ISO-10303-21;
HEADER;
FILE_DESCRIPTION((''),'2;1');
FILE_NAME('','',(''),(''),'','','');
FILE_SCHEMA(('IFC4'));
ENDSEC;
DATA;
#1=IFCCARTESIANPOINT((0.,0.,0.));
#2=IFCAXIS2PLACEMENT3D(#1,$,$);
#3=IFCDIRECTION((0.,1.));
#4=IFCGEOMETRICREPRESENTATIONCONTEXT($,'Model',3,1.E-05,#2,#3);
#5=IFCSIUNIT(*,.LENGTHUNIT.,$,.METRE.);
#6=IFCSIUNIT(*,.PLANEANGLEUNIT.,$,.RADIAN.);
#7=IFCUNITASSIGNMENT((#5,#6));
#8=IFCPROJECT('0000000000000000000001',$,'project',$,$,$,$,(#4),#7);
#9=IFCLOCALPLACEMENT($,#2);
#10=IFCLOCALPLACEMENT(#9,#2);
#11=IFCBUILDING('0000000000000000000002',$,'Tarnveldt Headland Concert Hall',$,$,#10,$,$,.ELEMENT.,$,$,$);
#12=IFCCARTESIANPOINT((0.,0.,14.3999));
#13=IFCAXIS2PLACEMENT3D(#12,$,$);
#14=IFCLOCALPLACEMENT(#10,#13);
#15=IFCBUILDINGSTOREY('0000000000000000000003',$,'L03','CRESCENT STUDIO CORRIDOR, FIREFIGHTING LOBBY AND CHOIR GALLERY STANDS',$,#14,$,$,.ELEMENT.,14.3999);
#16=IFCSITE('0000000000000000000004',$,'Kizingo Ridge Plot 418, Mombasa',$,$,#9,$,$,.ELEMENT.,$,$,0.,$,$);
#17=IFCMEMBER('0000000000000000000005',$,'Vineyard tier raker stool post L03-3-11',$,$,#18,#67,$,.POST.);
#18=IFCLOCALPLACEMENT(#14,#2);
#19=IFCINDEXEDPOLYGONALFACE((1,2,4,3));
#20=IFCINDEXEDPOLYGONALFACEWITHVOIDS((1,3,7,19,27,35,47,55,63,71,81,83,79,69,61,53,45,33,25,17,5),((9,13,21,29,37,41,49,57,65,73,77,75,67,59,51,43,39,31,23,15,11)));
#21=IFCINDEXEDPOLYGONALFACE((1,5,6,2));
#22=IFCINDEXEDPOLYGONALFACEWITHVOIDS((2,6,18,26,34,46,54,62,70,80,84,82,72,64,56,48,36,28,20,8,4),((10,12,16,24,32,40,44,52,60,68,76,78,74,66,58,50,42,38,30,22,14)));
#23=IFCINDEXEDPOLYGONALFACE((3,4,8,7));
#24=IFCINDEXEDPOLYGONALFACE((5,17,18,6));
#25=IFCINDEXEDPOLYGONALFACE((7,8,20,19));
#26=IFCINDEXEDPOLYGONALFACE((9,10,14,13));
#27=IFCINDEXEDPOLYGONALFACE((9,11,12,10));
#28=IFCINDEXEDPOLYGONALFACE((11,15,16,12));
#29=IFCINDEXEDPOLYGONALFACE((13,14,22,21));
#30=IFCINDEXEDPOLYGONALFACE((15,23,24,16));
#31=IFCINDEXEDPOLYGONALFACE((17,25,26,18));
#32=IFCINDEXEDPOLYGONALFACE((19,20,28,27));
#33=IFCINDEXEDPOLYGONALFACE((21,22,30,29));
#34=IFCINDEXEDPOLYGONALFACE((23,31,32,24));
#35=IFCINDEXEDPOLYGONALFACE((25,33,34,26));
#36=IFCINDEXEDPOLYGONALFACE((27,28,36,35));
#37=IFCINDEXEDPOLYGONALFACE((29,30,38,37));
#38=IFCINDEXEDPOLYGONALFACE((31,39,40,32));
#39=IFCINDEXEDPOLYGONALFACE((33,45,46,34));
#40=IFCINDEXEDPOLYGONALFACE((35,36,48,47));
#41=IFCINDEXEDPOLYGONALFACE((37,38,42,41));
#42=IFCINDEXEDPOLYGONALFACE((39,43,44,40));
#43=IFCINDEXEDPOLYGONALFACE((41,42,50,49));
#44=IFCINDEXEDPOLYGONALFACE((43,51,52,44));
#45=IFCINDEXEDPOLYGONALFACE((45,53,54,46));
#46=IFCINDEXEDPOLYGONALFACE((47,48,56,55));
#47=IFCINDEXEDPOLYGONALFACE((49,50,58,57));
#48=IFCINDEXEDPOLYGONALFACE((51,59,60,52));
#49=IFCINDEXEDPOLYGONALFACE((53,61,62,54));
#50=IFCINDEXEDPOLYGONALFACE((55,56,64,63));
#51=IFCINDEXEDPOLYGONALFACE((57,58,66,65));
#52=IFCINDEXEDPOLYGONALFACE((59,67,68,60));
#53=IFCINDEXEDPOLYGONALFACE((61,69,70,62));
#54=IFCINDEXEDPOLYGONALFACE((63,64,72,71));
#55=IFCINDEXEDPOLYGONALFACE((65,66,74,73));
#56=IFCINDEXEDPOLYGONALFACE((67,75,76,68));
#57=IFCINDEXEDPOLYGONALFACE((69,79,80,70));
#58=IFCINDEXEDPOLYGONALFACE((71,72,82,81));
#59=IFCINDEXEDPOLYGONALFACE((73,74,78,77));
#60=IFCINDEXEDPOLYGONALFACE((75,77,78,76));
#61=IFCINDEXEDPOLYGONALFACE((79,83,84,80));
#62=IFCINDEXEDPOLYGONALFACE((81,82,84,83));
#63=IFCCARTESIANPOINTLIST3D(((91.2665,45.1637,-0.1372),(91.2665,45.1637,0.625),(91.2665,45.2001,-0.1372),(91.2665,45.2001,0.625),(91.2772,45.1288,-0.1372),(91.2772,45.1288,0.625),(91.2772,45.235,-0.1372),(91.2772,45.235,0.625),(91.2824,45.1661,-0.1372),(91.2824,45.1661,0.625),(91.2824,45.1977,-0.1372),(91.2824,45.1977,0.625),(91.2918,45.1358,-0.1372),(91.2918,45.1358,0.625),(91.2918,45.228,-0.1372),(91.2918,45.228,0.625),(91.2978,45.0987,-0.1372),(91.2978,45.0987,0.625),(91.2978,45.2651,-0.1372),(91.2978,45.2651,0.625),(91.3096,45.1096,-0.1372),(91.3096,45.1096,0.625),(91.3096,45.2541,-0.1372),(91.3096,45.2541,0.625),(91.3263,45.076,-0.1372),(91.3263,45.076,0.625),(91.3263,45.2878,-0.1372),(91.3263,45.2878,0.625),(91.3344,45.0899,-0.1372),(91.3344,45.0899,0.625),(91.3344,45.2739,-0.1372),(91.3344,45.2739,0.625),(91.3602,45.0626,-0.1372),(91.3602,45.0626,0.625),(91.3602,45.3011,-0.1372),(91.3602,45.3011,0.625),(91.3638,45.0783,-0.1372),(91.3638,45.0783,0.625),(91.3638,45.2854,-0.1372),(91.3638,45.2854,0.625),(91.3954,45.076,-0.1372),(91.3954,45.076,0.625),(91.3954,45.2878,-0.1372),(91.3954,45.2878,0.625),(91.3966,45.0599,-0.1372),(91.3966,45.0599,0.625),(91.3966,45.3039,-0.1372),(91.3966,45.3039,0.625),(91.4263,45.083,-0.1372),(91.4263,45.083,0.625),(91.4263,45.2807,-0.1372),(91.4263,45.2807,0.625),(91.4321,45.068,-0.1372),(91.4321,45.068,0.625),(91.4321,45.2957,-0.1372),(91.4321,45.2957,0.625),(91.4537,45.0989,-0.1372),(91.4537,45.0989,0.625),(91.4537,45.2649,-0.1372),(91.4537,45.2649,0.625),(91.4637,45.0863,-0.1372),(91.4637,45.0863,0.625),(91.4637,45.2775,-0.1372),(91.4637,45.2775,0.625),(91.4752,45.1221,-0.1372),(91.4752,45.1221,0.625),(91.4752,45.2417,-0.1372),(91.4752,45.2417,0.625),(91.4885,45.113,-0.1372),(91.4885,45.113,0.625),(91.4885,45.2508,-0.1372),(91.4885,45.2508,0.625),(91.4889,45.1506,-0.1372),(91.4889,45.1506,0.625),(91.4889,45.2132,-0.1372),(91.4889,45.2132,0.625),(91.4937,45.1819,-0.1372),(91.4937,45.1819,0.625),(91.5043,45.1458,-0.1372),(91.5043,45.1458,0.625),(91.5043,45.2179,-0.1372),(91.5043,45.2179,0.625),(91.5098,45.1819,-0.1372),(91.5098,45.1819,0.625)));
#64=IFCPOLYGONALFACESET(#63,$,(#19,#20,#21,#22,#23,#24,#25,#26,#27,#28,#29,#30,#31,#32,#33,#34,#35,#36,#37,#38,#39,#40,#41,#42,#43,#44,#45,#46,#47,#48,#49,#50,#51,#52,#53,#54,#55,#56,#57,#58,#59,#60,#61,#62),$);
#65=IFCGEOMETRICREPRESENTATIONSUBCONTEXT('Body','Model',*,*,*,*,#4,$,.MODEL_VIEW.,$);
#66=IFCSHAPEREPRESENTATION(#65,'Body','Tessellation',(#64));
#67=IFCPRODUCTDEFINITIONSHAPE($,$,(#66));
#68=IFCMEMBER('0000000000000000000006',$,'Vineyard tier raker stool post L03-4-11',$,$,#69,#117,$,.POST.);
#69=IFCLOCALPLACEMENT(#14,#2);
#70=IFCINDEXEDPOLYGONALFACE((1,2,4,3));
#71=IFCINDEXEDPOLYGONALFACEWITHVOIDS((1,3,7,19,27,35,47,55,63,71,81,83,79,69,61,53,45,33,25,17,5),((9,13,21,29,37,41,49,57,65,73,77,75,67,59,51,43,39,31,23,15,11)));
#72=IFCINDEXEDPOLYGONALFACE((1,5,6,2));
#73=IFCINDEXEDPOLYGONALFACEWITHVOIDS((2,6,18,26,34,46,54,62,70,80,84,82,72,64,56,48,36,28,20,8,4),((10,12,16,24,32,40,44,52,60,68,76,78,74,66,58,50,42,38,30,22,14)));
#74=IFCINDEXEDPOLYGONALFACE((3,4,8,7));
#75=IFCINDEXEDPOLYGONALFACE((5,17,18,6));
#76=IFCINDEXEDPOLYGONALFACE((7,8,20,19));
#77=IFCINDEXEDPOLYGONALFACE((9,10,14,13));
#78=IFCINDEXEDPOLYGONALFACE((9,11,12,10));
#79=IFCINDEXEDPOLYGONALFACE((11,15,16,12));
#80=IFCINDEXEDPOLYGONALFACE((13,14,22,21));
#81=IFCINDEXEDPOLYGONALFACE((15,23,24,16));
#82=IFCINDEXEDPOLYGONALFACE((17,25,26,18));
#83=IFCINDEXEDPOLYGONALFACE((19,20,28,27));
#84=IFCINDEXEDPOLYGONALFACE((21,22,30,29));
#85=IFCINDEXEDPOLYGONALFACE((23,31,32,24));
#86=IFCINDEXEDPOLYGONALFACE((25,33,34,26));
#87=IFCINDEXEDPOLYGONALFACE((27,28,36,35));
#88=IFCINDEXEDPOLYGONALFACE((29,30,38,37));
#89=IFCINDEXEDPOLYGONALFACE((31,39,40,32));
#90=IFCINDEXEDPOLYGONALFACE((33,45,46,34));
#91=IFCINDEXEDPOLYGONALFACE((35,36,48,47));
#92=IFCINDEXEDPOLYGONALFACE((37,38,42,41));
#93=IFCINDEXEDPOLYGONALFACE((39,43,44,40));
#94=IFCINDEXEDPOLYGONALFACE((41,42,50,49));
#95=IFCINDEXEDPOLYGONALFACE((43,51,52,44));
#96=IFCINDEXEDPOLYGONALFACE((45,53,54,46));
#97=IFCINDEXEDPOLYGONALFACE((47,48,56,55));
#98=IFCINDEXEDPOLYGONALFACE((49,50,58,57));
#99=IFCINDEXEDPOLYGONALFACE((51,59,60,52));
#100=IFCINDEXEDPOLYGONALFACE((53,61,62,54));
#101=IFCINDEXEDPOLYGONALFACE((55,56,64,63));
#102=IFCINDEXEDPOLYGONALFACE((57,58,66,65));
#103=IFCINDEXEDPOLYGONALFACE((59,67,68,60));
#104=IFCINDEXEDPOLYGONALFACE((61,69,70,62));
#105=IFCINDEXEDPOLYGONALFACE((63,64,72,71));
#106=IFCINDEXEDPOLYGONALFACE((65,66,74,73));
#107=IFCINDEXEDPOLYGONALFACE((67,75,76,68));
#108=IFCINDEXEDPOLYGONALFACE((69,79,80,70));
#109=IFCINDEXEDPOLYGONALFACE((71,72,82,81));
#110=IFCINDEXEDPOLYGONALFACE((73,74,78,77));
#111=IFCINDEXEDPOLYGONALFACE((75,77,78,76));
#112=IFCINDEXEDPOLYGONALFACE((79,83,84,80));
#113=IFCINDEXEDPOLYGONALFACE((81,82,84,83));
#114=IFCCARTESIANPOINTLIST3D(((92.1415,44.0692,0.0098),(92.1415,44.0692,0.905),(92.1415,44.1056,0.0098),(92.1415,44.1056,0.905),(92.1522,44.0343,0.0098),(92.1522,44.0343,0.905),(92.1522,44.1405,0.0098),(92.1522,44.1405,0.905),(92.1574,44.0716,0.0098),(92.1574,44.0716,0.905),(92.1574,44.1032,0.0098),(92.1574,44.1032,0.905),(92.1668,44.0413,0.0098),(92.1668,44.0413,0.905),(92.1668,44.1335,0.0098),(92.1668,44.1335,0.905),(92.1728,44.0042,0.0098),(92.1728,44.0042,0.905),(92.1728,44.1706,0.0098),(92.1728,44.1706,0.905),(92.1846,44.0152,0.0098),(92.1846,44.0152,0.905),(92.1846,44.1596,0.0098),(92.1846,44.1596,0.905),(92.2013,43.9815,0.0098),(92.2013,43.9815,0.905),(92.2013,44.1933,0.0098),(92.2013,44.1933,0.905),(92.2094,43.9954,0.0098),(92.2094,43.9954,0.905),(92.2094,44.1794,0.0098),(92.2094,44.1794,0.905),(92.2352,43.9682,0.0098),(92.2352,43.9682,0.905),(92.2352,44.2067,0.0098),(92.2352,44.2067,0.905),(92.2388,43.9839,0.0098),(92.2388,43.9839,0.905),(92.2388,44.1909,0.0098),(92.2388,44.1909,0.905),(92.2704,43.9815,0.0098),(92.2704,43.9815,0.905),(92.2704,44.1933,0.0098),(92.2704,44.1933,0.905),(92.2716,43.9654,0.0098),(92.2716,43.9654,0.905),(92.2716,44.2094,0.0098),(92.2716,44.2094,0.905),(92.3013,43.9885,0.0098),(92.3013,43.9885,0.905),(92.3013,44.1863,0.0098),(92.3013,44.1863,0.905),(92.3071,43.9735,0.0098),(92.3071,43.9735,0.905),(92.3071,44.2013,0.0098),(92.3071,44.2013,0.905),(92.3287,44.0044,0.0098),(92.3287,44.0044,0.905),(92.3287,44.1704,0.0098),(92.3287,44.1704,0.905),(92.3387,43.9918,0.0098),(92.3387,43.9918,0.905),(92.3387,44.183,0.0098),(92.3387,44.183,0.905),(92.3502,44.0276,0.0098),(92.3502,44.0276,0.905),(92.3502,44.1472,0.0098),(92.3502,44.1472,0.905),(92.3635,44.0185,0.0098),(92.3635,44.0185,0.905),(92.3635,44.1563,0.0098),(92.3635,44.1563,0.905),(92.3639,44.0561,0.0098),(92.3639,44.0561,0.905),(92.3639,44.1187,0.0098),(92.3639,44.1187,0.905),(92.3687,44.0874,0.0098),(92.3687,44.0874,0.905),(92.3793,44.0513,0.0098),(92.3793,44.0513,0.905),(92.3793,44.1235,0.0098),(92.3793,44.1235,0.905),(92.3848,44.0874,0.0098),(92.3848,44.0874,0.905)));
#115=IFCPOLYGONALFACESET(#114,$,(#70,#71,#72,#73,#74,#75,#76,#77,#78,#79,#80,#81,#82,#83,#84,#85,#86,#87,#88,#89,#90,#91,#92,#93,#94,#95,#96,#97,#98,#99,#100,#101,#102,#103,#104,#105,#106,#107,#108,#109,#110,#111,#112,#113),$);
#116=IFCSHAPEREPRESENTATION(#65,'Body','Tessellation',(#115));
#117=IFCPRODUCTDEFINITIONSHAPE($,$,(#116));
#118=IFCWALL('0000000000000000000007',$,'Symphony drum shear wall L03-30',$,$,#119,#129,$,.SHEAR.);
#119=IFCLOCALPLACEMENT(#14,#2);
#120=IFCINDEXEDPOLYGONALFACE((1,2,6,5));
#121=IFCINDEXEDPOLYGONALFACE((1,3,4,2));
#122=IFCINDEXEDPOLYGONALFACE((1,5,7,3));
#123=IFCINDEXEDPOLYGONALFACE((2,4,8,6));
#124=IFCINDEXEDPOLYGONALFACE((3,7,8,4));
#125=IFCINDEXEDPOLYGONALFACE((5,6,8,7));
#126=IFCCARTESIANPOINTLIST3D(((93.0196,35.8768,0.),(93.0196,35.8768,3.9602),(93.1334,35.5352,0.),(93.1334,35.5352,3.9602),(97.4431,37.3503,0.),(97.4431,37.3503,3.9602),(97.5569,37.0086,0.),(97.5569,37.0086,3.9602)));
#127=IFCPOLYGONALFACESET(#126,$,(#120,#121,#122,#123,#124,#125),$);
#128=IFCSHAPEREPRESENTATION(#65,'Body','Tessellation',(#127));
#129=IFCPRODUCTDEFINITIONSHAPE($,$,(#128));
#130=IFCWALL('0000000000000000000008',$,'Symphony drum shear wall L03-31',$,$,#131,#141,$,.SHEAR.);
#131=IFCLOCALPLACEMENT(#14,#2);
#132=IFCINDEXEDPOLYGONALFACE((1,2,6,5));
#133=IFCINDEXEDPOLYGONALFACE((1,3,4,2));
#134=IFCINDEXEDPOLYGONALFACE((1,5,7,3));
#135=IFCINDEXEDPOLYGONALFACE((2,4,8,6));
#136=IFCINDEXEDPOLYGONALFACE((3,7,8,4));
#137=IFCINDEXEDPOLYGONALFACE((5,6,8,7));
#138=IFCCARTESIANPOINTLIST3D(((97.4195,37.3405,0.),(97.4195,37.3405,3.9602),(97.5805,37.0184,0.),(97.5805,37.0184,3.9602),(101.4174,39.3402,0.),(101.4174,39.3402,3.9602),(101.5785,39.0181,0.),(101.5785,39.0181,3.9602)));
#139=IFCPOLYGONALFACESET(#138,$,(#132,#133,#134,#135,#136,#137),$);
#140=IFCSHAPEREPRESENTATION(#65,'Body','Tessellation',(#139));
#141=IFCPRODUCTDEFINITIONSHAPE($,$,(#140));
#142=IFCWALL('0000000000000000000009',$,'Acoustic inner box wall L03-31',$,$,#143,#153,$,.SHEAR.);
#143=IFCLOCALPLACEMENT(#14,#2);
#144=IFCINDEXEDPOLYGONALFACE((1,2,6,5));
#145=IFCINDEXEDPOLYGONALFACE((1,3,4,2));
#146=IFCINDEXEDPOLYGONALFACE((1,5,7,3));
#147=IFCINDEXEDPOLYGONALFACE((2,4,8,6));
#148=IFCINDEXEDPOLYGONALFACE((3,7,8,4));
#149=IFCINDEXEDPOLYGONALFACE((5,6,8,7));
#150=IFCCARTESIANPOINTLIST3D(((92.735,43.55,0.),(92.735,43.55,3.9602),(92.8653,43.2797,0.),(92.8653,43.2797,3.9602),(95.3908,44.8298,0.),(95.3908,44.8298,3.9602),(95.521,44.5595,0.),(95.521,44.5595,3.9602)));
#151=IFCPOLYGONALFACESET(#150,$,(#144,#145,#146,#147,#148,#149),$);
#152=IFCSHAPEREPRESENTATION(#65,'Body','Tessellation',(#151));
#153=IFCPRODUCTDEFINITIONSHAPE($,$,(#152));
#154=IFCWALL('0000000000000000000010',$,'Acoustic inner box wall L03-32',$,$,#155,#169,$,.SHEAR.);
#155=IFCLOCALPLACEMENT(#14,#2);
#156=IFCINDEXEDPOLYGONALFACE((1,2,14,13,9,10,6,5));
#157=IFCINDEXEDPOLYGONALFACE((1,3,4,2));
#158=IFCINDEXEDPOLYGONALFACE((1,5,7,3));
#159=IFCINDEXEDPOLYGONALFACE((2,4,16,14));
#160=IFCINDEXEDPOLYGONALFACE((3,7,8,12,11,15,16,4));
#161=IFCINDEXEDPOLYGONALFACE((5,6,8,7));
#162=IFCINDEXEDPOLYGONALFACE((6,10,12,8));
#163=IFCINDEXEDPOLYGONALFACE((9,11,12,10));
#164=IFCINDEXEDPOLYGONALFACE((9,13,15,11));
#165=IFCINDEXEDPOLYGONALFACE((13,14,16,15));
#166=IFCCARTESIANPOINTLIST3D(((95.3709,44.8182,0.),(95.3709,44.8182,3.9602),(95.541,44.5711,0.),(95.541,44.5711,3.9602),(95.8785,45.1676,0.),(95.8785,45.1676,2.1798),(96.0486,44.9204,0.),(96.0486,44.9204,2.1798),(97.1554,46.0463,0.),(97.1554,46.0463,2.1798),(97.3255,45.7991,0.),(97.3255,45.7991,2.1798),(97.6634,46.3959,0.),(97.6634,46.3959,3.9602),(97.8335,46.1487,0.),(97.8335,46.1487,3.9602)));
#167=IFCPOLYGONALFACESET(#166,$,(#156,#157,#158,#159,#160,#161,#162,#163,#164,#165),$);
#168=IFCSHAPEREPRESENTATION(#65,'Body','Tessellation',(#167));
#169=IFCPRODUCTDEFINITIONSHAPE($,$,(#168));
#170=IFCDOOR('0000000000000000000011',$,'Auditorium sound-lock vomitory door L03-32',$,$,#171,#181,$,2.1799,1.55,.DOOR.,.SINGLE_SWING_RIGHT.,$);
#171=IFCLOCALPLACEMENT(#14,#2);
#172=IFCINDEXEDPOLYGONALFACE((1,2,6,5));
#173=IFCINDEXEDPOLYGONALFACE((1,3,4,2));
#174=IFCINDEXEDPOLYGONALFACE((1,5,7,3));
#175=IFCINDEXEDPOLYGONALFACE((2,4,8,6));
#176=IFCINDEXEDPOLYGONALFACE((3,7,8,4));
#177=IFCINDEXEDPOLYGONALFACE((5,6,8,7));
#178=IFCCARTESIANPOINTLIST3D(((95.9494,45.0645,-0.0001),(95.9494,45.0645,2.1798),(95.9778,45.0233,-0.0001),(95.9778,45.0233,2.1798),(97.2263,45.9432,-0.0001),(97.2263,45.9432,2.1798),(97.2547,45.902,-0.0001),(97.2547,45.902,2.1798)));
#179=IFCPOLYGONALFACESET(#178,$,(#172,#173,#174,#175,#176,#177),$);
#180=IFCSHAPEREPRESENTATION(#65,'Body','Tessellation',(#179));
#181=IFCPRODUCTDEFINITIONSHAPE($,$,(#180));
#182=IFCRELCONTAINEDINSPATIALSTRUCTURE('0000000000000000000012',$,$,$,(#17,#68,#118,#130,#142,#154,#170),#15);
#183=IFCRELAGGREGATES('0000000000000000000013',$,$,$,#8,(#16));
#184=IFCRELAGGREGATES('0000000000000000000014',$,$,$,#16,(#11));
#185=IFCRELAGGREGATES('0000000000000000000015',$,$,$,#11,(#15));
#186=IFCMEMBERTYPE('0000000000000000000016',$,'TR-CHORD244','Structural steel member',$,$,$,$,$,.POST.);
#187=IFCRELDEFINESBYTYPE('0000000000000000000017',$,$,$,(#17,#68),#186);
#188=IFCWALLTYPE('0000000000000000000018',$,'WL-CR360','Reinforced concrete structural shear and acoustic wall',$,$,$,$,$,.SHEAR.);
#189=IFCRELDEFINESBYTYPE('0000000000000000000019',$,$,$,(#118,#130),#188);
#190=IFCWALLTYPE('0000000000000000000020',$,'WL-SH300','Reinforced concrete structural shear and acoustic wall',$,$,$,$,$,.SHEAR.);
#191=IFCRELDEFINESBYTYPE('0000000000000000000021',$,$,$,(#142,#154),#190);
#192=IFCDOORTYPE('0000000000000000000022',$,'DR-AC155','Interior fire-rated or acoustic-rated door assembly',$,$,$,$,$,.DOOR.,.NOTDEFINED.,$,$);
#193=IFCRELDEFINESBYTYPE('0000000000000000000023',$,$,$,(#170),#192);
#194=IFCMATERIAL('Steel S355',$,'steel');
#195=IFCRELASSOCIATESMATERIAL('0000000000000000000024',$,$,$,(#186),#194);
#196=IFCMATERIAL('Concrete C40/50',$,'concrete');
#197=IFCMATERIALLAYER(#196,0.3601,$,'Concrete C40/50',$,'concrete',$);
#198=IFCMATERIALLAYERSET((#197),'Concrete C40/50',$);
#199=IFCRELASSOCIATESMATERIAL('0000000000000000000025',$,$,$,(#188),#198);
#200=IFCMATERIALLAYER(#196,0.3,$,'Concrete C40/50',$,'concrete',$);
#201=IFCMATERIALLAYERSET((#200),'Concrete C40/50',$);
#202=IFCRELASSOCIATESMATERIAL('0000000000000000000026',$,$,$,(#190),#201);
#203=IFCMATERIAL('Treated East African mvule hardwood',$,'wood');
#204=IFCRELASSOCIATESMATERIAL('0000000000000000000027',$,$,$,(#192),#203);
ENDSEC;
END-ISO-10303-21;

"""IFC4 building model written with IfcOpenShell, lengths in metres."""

from ifc_helpers import new_model, si_unit, direction, frame, frame_2d, origin, origin_2d, place, context, subcontext, project, spatial, rectangle, hollow_circle, extrude, material, layer, layer_set, material_profile, profile_set, type_object, element, fill, save


model = new_model("IFC4")

# Units and contexts
model_context = context("Model", 3, precision=1e-05, world=origin(), true_north=direction((0.0, 1.0)))
body_context = subcontext(model_context, "Body", "Model", "MODEL_VIEW")
ifc_project = project(units=[si_unit("LENGTHUNIT", "METRE"), si_unit("PLANEANGLEUNIT", "RADIAN")], contexts=[model_context])

# Site, building, storey
site_placement = place(None, origin())
site = spatial("IfcSite", under=ifc_project, at=site_placement, Name="Kizingo Ridge Plot 418, Mombasa", CompositionType="ELEMENT", RefElevation=0.0)
building_placement = place(site_placement, origin())
building = spatial("IfcBuilding", under=site, at=building_placement, Name="Tarnveldt Headland Concert Hall", CompositionType="ELEMENT")
storey_placement = place(building_placement, frame((0.0, 0.0, 14.3999)))
storey = spatial("IfcBuildingStorey", under=building, at=storey_placement, Name="L03", Description="CRESCENT STUDIO CORRIDOR, FIREFIGHTING LOBBY AND CHOIR GALLERY STANDS", CompositionType="ELEMENT", Elevation=14.3999)

# Shared definitions
ifc_material_1 = material(Name="Concrete C40/50", Category="concrete")

# Shared definitions
ifc_material_2 = material(Name="Steel S355", Category="steel")

# Members
ifc_material_profile_1 = material_profile(ifc_material_2, hollow_circle(Radius=0.1223, WallThickness=0.0161, at=origin_2d()), Name="CHS 244.5x16", Category="steel")
ifc_profile_set_1 = profile_set([ifc_material_profile_1], Name="Steel S355")
member_type = type_object("IfcMemberType", Name="TR-CHORD244", Description="Structural steel member", PredefinedType="POST", material=ifc_profile_set_1)
member_1_placement = place(storey_placement, frame((91.3875, 45.1819, -0.1372), z_axis=(0.0, 0.0, 1.0), x_axis=(1.0, 0.0, 0.0)))
element("IfcMember", 1, at=member_1_placement, inside=storey, type_object=member_type, Name="Vineyard tier raker stool post L03-3-11", PredefinedType="POST", context=body_context, shape_type="SweptSolid", body=[
    extrude(hollow_circle(Radius=0.1223, WallThickness=0.0161, at=origin_2d()), origin(), (0.0, 0.0, 1.0), 0.7622),
])
member_2_placement = place(storey_placement, frame((92.2625, 44.0874, 0.0098), z_axis=(0.0, 0.0, 1.0), x_axis=(1.0, 0.0, 0.0)))
element("IfcMember", 2, at=member_2_placement, inside=storey, type_object=member_type, Name="Vineyard tier raker stool post L03-4-11", PredefinedType="POST", context=body_context, shape_type="SweptSolid", body=[
    extrude(hollow_circle(Radius=0.1223, WallThickness=0.0161, at=origin_2d()), origin(), (0.0, 0.0, 1.0), 0.8953),
])

# Walls
ifc_layer_1 = layer(ifc_material_1, 0.3601, Name="Concrete C40/50", Category="concrete")
ifc_layer_set_1 = layer_set([ifc_layer_1], Name="Concrete C40/50")
wall_type_1 = type_object("IfcWallType", Name="WL-CR360", Description="Reinforced concrete structural shear and acoustic wall", PredefinedType="SHEAR", material=ifc_layer_set_1)
wall_1_placement = place(storey_placement, frame((93.0767, 35.7061, 0.0), z_axis=(0.0, 0.0, 1.0), x_axis=(0.948751, 0.316024, 0.0)))
element("IfcWall", 3, at=wall_1_placement, inside=storey, type_object=wall_type_1, Name="Symphony drum shear wall L03-30", PredefinedType="SHEAR", context=body_context, shape_type="SweptSolid", body=[
    extrude(rectangle(XDim=4.6624, YDim=0.3601, at=frame_2d((2.3311, 0.0))), origin(), (0.0, 0.0, 1.0), 3.9602),
])
wall_2_placement = place(storey_placement, frame((97.5, 37.1794, 0.0), z_axis=(0.0, 0.0, 1.0), x_axis=(0.894362, 0.447345, 0.0)))
element("IfcWall", 4, at=wall_2_placement, inside=storey, type_object=wall_type_1, Name="Symphony drum shear wall L03-31", PredefinedType="SHEAR", context=body_context, shape_type="SweptSolid", body=[
    extrude(rectangle(XDim=4.4702, YDim=0.3601, at=frame_2d((2.2351, 0.0))), origin(), (0.0, 0.0, 1.0), 3.9602),
])
ifc_layer_2 = layer(ifc_material_1, 0.3, Name="Concrete C40/50", Category="concrete")
ifc_layer_set_2 = layer_set([ifc_layer_2], Name="Concrete C40/50")
wall_type_2 = type_object("IfcWallType", Name="WL-SH300", Description="Reinforced concrete structural shear and acoustic wall", PredefinedType="SHEAR", material=ifc_layer_set_2)
wall_3_placement = place(storey_placement, frame((92.8, 43.4148, 0.0), z_axis=(0.0, 0.0, 1.0), x_axis=(0.900858, 0.434114, 0.0)))
element("IfcWall", 5, at=wall_3_placement, inside=storey, type_object=wall_type_2, Name="Acoustic inner box wall L03-31", PredefinedType="SHEAR", context=body_context, shape_type="SweptSolid", body=[
    extrude(rectangle(XDim=2.948, YDim=0.3, at=frame_2d((1.4741, 0.0))), origin(), (0.0, 0.0, 1.0), 3.9602),
])

# Wall, opening, door
wall_4_placement = place(storey_placement, frame((95.4558, 44.6946, 0.0), z_axis=(0.0, 0.0, 1.0), x_axis=(0.823781, 0.566909, 0.0)))
wall_4 = element("IfcWall", 6, at=wall_4_placement, inside=storey, type_object=wall_type_2, Name="Acoustic inner box wall L03-32", PredefinedType="SHEAR", context=body_context, shape_type="SweptSolid", body=[
    extrude(rectangle(XDim=2.783, YDim=0.3, at=frame_2d((1.3916, 0.0))), origin(), (0.0, 0.0, 1.0), 3.9602),
])
opening_placement = place(wall_4_placement, frame((0.6165, 0.0, 0.0)))
opening = element("IfcOpeningElement", 7, at=opening_placement, cuts=wall_4, PredefinedType="OPENING", context=body_context, shape_type="SweptSolid", body=[
    extrude(rectangle(XDim=1.55, YDim=2.1799, at=frame_2d((0.7749, 1.0898))), frame((0.0, 0.1599, 0.0), z_axis=(0.0, -1.0, 0.0), x_axis=(1.0, 0.0, 0.0)), (0.0, 0.0, 1.0), 0.3201),
])
ifc_material_3 = material(Name="Treated East African mvule hardwood", Category="wood")
door_type = type_object("IfcDoorType", Name="DR-AC155", Description="Interior fire-rated or acoustic-rated door assembly", OperationType="NOTDEFINED", PredefinedType="DOOR", material=ifc_material_3)
door_placement = place(opening_placement, origin())
door = element("IfcDoor", 8, at=door_placement, inside=storey, type_object=door_type, Name="Auditorium sound-lock vomitory door L03-32", OperationType="SINGLE_SWING_RIGHT", OverallHeight=2.1799, OverallWidth=1.55, PredefinedType="DOOR", context=body_context, shape_type="SweptSolid", body=[
    extrude(rectangle(XDim=1.55, YDim=2.1799, at=frame_2d((0.7749, 1.0898))), frame((0.0, 0.0249, 0.0), z_axis=(0.0, -1.0, 0.0), x_axis=(1.0, 0.0, 0.0)), (0.0, 0.0, 1.0), 0.05),
])
fill(opening, door)

save(model, "model.ifc")
